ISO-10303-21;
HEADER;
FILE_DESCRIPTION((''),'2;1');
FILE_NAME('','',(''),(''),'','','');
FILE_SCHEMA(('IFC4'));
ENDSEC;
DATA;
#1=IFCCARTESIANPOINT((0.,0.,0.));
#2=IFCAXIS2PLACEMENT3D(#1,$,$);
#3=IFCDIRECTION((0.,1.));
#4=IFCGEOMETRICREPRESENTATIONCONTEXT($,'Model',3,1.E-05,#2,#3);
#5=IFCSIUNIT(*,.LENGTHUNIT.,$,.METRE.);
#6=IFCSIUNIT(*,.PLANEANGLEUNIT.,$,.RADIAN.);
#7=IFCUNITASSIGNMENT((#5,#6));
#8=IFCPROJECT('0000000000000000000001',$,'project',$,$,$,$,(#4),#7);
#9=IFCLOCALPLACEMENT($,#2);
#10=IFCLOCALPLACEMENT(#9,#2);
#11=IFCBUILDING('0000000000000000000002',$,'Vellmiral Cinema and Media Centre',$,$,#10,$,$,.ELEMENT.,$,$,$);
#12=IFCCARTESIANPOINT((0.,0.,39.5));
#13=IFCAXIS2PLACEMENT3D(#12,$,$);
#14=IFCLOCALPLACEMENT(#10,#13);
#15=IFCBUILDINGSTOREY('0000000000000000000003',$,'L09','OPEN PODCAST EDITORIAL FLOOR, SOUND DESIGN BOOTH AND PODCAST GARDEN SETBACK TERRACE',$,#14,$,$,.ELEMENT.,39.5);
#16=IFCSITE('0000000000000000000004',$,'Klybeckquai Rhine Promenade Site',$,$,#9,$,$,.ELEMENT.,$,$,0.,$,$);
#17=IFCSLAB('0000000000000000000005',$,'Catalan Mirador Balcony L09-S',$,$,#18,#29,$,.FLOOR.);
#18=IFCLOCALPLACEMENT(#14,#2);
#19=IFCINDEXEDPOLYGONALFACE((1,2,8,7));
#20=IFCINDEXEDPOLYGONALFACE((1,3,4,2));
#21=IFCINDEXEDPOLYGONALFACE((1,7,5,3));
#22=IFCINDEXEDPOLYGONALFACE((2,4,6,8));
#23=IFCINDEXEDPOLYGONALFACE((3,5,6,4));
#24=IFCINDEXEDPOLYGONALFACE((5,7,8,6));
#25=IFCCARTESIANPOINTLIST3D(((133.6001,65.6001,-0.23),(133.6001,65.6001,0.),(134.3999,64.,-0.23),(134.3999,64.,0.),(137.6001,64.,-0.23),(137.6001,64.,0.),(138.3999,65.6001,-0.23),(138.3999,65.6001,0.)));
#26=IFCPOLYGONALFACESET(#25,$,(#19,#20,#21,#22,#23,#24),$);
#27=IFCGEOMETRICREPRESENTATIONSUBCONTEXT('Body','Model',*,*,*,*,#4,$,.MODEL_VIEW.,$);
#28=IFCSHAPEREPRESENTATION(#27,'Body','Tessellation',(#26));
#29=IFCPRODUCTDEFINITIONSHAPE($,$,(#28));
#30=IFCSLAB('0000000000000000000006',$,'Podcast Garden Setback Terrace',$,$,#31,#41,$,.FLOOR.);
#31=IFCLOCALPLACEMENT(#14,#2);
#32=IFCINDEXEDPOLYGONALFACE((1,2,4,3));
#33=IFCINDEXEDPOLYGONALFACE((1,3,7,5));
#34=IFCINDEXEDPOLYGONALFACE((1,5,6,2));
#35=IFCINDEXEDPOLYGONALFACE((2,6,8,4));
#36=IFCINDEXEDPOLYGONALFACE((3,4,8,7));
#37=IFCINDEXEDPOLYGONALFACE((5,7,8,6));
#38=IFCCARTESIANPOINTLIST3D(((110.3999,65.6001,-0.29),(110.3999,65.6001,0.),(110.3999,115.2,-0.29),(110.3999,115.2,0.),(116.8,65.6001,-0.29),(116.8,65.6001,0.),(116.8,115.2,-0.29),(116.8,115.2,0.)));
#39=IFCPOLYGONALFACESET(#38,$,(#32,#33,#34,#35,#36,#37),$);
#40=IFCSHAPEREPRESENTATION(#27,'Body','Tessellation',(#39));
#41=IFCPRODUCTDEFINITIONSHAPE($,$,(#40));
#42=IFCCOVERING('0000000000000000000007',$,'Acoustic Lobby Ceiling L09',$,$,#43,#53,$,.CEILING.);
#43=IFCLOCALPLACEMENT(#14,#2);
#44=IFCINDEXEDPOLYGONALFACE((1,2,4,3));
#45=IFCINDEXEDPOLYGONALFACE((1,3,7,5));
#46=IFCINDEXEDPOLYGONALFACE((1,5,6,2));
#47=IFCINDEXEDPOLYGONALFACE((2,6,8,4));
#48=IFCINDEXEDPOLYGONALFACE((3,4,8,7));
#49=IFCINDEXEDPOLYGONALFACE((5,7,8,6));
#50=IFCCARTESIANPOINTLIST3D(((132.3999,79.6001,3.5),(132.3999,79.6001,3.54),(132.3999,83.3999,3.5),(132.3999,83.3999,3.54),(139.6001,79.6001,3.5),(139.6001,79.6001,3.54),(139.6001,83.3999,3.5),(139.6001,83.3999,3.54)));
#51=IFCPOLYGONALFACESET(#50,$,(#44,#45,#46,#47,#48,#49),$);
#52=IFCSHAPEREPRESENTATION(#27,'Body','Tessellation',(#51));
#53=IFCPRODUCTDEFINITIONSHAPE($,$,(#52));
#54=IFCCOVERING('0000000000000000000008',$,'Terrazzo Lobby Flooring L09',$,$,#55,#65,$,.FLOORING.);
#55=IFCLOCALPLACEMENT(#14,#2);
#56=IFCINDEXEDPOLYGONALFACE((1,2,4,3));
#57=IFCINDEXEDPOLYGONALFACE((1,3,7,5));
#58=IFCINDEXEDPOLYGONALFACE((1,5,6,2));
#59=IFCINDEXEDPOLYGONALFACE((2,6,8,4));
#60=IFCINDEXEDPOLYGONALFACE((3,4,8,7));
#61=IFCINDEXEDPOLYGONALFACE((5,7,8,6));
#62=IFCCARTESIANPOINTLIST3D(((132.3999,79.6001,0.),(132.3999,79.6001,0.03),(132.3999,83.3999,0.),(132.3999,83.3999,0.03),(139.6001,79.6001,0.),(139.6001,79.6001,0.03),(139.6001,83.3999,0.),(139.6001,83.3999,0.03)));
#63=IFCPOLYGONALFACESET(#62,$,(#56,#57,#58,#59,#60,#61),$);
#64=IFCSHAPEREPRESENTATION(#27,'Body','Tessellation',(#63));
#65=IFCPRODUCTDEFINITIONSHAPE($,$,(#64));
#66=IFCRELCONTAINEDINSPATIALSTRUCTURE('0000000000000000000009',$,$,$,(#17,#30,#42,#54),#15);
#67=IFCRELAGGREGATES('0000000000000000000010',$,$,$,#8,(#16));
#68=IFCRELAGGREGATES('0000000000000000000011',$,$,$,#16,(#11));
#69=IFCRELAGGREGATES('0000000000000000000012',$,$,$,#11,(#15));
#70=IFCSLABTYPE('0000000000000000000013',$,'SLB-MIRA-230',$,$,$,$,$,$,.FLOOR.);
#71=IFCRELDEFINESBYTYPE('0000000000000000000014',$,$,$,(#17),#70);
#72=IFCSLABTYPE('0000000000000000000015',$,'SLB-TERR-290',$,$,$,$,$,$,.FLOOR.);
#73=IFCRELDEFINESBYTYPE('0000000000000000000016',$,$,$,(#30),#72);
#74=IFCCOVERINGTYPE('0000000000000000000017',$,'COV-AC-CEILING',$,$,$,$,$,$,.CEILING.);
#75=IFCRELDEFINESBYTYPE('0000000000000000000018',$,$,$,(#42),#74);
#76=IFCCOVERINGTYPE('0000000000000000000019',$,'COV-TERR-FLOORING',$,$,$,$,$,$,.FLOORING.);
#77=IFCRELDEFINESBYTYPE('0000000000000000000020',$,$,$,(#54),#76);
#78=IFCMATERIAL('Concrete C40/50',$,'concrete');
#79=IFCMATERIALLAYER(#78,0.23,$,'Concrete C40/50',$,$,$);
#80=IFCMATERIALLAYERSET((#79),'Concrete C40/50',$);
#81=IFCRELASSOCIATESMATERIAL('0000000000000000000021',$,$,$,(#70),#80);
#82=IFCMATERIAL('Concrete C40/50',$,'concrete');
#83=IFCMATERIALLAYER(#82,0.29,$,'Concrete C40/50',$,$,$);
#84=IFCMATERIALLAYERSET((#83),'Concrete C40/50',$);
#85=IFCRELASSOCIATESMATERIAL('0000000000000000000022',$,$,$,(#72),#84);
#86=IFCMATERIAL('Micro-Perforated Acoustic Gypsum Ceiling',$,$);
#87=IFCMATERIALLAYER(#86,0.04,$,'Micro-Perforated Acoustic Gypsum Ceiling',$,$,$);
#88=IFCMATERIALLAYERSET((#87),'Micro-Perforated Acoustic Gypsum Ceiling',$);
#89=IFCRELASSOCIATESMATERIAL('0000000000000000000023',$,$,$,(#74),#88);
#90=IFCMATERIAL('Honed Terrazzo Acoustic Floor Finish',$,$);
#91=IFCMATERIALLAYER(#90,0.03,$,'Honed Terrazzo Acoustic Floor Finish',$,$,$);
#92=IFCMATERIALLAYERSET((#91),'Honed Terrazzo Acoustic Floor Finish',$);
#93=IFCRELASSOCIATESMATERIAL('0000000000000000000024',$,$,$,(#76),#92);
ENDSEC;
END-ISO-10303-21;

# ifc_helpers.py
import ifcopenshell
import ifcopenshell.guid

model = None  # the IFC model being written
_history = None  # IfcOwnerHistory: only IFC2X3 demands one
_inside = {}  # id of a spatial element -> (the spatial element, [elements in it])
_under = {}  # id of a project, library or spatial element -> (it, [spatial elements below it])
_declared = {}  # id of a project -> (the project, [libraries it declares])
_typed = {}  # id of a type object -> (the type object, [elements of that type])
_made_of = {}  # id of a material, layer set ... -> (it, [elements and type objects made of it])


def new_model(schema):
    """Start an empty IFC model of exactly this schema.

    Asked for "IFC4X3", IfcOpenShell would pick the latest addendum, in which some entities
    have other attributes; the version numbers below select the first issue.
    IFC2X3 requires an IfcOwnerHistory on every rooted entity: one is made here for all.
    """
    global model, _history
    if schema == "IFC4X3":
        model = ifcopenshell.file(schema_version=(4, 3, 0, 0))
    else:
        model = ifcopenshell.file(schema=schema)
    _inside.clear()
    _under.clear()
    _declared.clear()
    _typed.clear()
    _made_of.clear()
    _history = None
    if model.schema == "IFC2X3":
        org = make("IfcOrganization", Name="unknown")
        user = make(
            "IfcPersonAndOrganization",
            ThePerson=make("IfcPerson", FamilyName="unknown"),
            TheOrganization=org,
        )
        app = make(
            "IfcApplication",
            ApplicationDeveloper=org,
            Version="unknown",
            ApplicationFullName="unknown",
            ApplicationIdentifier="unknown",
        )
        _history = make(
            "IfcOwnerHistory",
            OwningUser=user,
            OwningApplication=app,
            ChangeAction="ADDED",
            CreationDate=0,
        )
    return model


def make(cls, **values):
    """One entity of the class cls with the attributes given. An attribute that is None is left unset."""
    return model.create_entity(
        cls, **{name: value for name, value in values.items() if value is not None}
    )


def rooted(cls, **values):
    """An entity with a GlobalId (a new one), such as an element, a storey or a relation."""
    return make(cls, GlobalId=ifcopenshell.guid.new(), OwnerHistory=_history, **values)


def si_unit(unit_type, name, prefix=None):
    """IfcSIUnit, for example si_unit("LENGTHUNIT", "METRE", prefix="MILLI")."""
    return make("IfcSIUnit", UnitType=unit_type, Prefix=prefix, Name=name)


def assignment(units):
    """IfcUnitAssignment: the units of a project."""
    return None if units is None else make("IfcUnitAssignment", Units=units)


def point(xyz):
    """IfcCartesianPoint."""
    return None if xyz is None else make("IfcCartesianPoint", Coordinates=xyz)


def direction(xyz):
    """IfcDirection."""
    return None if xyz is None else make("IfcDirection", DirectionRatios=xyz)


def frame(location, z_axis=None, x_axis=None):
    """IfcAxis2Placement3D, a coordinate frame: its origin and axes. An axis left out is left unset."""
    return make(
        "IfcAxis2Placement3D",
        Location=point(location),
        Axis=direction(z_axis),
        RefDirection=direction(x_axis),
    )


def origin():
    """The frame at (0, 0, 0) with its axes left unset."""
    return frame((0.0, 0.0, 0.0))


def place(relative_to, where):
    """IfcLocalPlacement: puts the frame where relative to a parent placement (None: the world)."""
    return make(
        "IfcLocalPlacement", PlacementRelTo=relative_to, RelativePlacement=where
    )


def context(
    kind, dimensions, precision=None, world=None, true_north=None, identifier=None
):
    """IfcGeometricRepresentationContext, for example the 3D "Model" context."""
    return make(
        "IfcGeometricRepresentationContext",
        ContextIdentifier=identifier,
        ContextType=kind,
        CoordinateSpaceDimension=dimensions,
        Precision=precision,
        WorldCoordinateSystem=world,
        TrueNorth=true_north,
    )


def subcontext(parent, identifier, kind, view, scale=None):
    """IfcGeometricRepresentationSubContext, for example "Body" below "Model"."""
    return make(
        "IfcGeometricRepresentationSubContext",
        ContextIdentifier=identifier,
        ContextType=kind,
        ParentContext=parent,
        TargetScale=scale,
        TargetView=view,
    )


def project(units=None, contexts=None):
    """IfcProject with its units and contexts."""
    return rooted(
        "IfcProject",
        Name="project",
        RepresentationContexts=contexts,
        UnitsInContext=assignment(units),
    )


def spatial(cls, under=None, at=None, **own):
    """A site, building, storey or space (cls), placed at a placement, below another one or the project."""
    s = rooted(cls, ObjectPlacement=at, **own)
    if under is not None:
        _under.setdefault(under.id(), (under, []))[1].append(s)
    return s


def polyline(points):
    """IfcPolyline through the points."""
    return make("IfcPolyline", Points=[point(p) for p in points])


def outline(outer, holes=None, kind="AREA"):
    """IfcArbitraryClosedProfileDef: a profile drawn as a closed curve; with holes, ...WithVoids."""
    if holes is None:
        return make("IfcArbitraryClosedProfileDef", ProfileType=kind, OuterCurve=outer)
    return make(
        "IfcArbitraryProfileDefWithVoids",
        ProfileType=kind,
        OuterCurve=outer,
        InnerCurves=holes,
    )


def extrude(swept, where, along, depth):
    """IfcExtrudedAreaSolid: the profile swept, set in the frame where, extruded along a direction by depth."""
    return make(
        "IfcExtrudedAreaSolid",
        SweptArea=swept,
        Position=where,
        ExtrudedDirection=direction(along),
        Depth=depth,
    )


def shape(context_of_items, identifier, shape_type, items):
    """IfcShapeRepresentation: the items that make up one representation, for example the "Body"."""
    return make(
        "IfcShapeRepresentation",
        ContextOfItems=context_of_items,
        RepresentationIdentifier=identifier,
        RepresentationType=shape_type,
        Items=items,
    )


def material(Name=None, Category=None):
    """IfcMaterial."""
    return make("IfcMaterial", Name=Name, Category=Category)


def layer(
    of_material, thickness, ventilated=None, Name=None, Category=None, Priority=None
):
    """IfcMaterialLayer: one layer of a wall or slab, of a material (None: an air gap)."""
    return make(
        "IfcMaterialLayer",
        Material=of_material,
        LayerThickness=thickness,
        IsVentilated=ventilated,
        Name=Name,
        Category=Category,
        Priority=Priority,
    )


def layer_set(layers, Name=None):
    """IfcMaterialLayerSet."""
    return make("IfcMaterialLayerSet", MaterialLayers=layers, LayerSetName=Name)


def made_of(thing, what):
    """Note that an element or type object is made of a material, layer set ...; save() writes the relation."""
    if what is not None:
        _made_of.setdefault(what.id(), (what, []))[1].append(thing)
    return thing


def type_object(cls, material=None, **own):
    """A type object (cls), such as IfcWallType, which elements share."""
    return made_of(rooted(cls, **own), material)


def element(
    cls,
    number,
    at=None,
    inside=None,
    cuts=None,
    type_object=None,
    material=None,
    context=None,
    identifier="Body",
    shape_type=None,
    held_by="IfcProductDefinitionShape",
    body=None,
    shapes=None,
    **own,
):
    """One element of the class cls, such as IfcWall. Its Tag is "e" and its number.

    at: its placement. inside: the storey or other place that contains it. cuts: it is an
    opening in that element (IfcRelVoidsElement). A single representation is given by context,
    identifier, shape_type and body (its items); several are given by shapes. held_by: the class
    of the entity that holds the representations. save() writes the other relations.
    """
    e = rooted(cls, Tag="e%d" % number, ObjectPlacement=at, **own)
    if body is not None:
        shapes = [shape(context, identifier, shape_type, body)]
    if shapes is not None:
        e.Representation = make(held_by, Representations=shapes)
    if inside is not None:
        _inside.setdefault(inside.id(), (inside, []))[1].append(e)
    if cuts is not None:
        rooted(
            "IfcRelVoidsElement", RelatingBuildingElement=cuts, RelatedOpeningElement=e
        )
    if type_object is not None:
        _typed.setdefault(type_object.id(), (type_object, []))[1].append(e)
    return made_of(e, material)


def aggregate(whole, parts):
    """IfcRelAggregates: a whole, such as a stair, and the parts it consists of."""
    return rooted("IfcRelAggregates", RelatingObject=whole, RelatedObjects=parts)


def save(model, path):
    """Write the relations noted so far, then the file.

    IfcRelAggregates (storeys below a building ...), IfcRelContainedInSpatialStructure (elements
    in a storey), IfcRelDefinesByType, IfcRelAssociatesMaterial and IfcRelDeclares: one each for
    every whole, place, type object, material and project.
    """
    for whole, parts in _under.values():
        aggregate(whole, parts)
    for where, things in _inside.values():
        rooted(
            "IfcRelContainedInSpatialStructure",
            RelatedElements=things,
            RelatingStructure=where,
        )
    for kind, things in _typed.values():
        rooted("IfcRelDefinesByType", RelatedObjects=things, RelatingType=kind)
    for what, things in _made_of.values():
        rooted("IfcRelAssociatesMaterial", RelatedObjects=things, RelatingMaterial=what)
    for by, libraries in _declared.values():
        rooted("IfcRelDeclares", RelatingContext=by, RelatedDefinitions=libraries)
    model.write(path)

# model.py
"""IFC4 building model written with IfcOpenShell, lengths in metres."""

from ifc_helpers import new_model, si_unit, direction, frame, origin, place, context, subcontext, project, spatial, polyline, outline, extrude, material, layer, layer_set, type_object, element, save


model = new_model("IFC4")

# Units and contexts
model_context = context("Model", 3, precision=1e-05, world=origin(), true_north=direction((0.0, 1.0)))
body_context = subcontext(model_context, "Body", "Model", "MODEL_VIEW")
ifc_project = project(units=[si_unit("LENGTHUNIT", "METRE"), si_unit("PLANEANGLEUNIT", "RADIAN")], contexts=[model_context])

# Site, building, storey
site_placement = place(None, origin())
site = spatial("IfcSite", under=ifc_project, at=site_placement, Name="Klybeckquai Rhine Promenade Site", CompositionType="ELEMENT", RefElevation=0.0)
building_placement = place(site_placement, origin())
building = spatial("IfcBuilding", under=site, at=building_placement, Name="Vellmiral Cinema and Media Centre", CompositionType="ELEMENT")
storey_placement = place(building_placement, frame((0.0, 0.0, 39.5)))
storey = spatial("IfcBuildingStorey", under=building, at=storey_placement, Name="L09", Description="OPEN PODCAST EDITORIAL FLOOR, SOUND DESIGN BOOTH AND PODCAST GARDEN SETBACK TERRACE", CompositionType="ELEMENT", Elevation=39.5)

# Slabs
ifc_material_1 = material(Name="Concrete C40/50", Category="concrete")
ifc_layer_1 = layer(ifc_material_1, 0.23, Name="Concrete C40/50")
ifc_layer_set_1 = layer_set([ifc_layer_1], Name="Concrete C40/50")
slab_type_1 = type_object("IfcSlabType", Name="SLB-MIRA-230", PredefinedType="FLOOR", material=ifc_layer_set_1)
slab_1_placement = place(storey_placement, frame((0.0, 0.0, -0.23)))
element("IfcSlab", 1, at=slab_1_placement, inside=storey, type_object=slab_type_1, Name="Catalan Mirador Balcony L09-S", PredefinedType="FLOOR", context=body_context, shape_type="SweptSolid", body=[
    extrude(outline(polyline([(133.6001, 65.6001), (134.3999, 64.0), (137.6001, 64.0), (138.3999, 65.6001), (133.6001, 65.6001)])), origin(), (0.0, 0.0, 1.0), 0.23),
])
ifc_material_2 = material(Name="Concrete C40/50", Category="concrete")
ifc_layer_2 = layer(ifc_material_2, 0.29, Name="Concrete C40/50")
ifc_layer_set_2 = layer_set([ifc_layer_2], Name="Concrete C40/50")
slab_type_2 = type_object("IfcSlabType", Name="SLB-TERR-290", PredefinedType="FLOOR", material=ifc_layer_set_2)
slab_2_placement = place(storey_placement, frame((0.0, 0.0, -0.29)))
element("IfcSlab", 2, at=slab_2_placement, inside=storey, type_object=slab_type_2, Name="Podcast Garden Setback Terrace", PredefinedType="FLOOR", context=body_context, shape_type="SweptSolid", body=[
    extrude(outline(polyline([(110.3999, 65.6001), (116.8, 65.6001), (116.8, 115.2), (110.3999, 115.2), (110.3999, 65.6001)])), origin(), (0.0, 0.0, 1.0), 0.29),
])

# Coverings
ifc_material_3 = material(Name="Micro-Perforated Acoustic Gypsum Ceiling")
ifc_layer_3 = layer(ifc_material_3, 0.04, Name="Micro-Perforated Acoustic Gypsum Ceiling")
ifc_layer_set_3 = layer_set([ifc_layer_3], Name="Micro-Perforated Acoustic Gypsum Ceiling")
covering_type_1 = type_object("IfcCoveringType", Name="COV-AC-CEILING", PredefinedType="CEILING", material=ifc_layer_set_3)
covering_1_placement = place(storey_placement, frame((0.0, 0.0, 3.5)))
element("IfcCovering", 3, at=covering_1_placement, inside=storey, type_object=covering_type_1, Name="Acoustic Lobby Ceiling L09", PredefinedType="CEILING", context=body_context, shape_type="SweptSolid", body=[
    extrude(outline(polyline([(132.3999, 79.6001), (139.6001, 79.6001), (139.6001, 83.3999), (132.3999, 83.3999), (132.3999, 79.6001)])), origin(), (0.0, 0.0, 1.0), 0.04),
])
ifc_material_4 = material(Name="Honed Terrazzo Acoustic Floor Finish")
ifc_layer_4 = layer(ifc_material_4, 0.03, Name="Honed Terrazzo Acoustic Floor Finish")
ifc_layer_set_4 = layer_set([ifc_layer_4], Name="Honed Terrazzo Acoustic Floor Finish")
covering_type_2 = type_object("IfcCoveringType", Name="COV-TERR-FLOORING", PredefinedType="FLOORING", material=ifc_layer_set_4)
covering_2_placement = place(storey_placement, origin())
element("IfcCovering", 4, at=covering_2_placement, inside=storey, type_object=covering_type_2, Name="Terrazzo Lobby Flooring L09", PredefinedType="FLOORING", context=body_context, shape_type="SweptSolid", body=[
    extrude(outline(polyline([(132.3999, 79.6001), (139.6001, 79.6001), (139.6001, 83.3999), (132.3999, 83.3999), (132.3999, 79.6001)])), origin(), (0.0, 0.0, 1.0), 0.03),
])

save(model, "model.ifc")
